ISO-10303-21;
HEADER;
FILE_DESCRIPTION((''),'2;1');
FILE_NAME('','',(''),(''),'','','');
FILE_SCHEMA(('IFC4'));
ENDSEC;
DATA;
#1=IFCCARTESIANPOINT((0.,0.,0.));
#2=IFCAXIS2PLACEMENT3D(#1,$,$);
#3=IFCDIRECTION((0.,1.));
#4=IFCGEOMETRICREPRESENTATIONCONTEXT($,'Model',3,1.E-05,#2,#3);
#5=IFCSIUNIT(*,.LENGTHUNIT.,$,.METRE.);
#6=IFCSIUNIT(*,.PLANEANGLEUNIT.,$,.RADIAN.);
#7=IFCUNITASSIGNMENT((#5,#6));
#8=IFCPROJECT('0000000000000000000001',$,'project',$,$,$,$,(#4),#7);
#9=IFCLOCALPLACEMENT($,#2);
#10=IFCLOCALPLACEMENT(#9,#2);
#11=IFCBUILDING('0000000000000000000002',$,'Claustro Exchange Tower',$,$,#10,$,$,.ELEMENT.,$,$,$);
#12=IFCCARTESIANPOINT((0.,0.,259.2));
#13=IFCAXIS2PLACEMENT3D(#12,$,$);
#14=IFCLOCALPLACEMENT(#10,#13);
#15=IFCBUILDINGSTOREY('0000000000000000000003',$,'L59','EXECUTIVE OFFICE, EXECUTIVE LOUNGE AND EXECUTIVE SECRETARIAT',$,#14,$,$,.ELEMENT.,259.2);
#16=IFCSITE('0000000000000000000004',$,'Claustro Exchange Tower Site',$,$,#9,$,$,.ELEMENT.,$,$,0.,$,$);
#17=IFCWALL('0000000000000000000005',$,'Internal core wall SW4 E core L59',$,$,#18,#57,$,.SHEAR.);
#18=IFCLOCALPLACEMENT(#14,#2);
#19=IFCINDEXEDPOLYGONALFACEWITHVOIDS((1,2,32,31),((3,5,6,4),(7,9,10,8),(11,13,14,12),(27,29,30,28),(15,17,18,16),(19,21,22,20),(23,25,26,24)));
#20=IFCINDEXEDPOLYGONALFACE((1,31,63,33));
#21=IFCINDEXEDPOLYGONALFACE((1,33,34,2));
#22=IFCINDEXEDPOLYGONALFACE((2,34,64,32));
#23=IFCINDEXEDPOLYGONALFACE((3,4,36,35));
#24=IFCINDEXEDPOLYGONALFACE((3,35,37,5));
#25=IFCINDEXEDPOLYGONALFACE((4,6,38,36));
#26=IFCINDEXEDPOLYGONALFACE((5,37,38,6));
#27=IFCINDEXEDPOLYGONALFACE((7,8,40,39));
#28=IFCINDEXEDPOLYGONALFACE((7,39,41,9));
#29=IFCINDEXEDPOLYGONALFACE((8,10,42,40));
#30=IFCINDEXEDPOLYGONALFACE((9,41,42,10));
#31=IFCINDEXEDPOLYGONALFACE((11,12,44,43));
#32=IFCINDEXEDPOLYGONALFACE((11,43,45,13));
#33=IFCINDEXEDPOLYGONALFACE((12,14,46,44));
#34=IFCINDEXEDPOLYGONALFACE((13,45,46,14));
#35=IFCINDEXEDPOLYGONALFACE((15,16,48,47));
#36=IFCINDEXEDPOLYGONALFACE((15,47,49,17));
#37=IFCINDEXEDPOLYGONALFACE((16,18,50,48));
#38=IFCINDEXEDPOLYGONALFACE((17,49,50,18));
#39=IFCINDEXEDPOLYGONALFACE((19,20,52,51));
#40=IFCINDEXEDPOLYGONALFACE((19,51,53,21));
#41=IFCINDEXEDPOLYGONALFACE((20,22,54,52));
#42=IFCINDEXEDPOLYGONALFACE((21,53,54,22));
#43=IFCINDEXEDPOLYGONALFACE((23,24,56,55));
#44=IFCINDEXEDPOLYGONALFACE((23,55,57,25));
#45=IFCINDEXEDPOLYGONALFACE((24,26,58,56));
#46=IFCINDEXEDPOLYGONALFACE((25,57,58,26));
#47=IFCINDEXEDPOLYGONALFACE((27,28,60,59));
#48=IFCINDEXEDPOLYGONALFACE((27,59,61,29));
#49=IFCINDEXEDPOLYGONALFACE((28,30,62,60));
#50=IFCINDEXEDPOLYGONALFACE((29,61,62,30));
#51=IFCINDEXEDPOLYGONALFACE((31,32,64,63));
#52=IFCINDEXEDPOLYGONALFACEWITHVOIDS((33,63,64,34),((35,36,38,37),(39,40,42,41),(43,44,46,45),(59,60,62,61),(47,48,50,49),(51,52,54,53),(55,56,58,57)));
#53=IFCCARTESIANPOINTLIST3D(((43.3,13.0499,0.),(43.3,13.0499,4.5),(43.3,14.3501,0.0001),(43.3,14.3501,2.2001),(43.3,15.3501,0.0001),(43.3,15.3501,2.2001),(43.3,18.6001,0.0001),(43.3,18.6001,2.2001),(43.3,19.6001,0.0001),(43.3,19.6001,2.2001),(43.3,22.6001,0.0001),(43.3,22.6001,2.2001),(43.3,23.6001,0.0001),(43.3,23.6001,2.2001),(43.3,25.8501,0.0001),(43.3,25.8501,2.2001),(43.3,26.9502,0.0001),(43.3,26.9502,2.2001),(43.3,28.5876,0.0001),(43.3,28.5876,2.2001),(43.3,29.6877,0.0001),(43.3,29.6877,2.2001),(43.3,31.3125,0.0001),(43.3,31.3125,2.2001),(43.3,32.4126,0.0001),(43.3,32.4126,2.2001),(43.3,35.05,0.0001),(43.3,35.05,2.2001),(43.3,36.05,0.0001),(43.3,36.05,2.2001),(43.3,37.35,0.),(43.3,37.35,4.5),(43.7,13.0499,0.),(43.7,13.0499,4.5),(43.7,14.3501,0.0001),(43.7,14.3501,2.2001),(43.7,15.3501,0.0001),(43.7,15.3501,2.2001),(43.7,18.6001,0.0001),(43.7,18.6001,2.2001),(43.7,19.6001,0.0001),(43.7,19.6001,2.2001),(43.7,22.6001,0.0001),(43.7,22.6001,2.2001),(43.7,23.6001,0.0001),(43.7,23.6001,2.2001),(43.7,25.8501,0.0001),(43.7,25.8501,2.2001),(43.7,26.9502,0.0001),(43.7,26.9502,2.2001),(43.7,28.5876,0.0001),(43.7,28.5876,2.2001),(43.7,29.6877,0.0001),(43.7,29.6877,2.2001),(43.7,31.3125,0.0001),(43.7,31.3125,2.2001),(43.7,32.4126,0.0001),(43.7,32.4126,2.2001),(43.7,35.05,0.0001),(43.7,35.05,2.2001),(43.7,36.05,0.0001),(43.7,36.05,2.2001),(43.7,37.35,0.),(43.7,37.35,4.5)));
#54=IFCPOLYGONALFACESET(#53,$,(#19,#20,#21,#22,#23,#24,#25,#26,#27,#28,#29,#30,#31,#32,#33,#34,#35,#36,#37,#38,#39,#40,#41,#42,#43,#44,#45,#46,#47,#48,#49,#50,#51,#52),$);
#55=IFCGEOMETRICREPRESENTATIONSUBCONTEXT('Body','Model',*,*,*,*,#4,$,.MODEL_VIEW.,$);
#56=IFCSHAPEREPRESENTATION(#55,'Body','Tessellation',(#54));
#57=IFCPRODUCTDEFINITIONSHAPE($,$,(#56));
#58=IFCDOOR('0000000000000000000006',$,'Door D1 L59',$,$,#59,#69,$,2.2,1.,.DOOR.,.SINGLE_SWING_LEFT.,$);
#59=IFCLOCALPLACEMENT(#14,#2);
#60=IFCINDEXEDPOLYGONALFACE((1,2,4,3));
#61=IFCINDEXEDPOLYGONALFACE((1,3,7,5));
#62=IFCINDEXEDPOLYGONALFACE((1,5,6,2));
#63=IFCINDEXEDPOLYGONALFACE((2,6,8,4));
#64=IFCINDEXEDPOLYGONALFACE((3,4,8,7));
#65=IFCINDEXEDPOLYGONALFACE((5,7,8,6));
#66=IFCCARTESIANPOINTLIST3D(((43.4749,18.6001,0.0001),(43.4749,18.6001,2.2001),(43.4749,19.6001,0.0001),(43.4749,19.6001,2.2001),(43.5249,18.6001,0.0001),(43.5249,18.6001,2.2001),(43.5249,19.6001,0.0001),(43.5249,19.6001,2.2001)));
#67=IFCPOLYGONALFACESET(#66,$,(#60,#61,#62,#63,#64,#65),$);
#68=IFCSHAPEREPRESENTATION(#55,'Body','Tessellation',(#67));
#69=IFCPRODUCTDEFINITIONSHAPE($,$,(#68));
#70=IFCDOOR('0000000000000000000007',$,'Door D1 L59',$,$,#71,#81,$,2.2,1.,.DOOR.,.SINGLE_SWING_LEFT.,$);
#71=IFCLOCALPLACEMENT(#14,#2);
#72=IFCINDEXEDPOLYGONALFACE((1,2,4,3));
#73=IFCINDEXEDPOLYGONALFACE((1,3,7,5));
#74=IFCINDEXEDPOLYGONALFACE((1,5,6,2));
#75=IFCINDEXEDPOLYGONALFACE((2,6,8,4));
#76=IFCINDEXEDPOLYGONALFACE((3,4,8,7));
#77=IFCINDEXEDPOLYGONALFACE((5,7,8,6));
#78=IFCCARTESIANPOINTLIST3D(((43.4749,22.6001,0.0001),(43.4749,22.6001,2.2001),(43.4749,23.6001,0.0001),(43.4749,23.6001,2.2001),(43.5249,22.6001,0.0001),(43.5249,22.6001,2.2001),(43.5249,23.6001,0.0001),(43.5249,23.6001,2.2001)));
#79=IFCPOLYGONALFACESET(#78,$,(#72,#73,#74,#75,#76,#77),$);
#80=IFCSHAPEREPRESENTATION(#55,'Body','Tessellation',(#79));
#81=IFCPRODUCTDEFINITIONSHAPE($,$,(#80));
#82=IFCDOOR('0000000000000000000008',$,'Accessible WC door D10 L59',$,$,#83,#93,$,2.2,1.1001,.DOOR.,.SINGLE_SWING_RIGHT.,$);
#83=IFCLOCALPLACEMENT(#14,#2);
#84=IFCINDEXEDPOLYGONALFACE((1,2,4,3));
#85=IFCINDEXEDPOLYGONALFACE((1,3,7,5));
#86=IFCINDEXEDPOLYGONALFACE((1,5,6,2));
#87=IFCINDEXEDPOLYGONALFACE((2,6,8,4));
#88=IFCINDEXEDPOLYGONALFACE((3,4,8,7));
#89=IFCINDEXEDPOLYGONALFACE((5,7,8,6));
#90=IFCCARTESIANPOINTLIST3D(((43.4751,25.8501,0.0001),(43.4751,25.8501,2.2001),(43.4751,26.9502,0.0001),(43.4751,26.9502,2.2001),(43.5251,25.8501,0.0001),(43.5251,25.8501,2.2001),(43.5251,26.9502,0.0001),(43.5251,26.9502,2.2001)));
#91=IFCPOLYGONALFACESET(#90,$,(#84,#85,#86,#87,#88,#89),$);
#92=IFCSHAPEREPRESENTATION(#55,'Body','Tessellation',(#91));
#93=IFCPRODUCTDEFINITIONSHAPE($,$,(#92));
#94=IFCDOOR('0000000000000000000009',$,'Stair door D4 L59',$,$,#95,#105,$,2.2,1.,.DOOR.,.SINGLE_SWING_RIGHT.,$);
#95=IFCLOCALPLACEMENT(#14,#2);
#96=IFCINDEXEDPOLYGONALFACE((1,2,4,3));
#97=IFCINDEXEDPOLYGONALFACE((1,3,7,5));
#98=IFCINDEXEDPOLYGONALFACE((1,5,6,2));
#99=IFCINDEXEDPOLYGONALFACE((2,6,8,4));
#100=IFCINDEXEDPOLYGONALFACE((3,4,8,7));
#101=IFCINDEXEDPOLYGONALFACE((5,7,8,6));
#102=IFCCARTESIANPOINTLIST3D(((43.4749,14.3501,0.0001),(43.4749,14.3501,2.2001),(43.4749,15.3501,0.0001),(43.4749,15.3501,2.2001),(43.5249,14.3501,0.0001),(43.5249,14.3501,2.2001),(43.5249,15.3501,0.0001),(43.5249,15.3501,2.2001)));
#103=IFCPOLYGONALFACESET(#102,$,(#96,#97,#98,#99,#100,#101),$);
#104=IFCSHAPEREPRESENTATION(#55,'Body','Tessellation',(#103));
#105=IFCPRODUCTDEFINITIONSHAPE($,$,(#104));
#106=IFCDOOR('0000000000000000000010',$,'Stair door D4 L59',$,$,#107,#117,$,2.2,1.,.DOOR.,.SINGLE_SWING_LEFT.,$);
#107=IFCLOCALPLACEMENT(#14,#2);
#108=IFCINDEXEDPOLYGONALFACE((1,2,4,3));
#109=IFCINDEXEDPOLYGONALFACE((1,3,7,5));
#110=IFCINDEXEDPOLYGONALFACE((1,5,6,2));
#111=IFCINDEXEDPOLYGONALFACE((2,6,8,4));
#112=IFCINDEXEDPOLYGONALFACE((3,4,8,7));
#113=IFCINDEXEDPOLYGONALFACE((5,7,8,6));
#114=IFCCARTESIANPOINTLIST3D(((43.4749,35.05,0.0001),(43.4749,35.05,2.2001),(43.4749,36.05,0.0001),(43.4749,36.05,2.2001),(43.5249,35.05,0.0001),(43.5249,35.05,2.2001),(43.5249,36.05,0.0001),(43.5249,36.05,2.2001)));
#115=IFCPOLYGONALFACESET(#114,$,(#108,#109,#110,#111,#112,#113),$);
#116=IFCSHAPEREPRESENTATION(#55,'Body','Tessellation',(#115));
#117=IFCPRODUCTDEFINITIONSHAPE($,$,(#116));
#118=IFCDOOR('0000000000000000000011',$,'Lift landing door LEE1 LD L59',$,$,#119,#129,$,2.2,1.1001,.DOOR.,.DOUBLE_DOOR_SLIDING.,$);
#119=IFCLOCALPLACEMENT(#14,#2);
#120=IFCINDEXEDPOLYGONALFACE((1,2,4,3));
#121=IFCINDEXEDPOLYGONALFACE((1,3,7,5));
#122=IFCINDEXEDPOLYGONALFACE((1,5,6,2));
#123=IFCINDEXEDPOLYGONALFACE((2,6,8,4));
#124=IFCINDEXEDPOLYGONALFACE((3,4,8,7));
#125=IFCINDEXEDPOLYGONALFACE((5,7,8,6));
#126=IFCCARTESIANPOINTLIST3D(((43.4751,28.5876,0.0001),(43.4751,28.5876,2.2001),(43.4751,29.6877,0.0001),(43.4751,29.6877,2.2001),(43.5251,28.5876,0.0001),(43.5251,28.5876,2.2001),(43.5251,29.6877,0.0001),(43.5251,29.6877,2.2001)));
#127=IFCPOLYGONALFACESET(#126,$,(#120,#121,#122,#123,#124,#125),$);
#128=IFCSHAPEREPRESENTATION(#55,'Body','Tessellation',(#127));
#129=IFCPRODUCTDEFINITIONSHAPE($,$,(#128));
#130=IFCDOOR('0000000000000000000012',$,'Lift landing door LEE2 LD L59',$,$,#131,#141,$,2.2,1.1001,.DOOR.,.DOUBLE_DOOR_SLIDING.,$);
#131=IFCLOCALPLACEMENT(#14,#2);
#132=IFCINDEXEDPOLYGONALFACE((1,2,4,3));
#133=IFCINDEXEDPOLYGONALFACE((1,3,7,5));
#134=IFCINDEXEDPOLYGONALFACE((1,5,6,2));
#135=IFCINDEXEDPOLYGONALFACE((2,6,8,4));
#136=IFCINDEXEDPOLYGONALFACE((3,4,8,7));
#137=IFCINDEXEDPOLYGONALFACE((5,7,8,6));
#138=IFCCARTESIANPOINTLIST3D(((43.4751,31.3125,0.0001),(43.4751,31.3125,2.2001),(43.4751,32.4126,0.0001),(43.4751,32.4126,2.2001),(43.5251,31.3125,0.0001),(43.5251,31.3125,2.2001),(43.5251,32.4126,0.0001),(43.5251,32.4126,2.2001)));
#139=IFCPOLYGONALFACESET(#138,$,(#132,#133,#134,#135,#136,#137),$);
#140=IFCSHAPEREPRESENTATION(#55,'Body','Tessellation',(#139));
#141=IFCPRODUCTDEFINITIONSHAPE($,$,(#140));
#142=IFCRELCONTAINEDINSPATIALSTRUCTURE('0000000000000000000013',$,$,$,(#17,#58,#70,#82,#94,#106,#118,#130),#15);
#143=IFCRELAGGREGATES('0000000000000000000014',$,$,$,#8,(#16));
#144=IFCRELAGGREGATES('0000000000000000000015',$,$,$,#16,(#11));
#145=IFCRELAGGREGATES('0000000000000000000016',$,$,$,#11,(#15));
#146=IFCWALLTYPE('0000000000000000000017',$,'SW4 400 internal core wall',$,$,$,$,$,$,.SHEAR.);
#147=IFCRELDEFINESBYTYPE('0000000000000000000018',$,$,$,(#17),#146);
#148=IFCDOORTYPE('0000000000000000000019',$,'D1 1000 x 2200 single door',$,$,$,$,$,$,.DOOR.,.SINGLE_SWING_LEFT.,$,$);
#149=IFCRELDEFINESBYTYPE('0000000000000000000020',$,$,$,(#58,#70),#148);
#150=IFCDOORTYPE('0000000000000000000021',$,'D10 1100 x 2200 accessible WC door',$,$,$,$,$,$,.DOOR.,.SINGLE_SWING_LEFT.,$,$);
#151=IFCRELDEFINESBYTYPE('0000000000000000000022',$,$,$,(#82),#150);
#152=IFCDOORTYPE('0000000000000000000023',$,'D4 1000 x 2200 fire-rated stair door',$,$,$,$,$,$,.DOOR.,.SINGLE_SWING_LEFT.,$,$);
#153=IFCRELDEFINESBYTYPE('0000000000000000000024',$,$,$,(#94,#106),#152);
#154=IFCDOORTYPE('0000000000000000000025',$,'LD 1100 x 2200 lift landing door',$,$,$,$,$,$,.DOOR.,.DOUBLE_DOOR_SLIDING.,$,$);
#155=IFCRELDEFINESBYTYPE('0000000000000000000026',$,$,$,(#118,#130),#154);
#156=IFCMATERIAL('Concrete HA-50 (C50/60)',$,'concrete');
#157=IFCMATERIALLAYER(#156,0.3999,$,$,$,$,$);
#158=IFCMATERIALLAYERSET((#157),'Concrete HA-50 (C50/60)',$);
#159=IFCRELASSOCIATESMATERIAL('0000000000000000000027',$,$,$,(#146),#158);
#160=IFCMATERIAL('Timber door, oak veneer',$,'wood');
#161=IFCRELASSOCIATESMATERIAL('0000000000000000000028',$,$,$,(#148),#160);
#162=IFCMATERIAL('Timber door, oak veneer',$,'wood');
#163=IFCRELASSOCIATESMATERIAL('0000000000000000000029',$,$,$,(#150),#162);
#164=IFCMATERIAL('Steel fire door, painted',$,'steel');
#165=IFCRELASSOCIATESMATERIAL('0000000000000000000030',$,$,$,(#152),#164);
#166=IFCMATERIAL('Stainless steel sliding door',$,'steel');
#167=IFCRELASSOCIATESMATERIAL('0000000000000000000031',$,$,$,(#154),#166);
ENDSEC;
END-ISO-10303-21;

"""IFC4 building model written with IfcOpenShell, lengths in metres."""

from ifc_helpers import new_model, si_unit, direction, frame, frame_2d, origin, place, context, subcontext, project, spatial, rectangle, extrude, material, layer, layer_set, type_object, element, fill, save


model = new_model("IFC4")

# Units and contexts
model_context = context("Model", 3, precision=1e-05, world=origin(), true_north=direction((0.0, 1.0)))
body_context = subcontext(model_context, "Body", "Model", "MODEL_VIEW")
ifc_project = project(units=[si_unit("LENGTHUNIT", "METRE"), si_unit("PLANEANGLEUNIT", "RADIAN")], contexts=[model_context])

# Site, building, storey
site_placement = place(None, origin())
site = spatial("IfcSite", under=ifc_project, at=site_placement, Name="Claustro Exchange Tower Site", CompositionType="ELEMENT", RefElevation=0.0)
building_placement = place(site_placement, origin())
building = spatial("IfcBuilding", under=site, at=building_placement, Name="Claustro Exchange Tower", CompositionType="ELEMENT")
storey_placement = place(building_placement, frame((0.0, 0.0, 259.2)))
storey = spatial("IfcBuildingStorey", under=building, at=storey_placement, Name="L59", Description="EXECUTIVE OFFICE, EXECUTIVE LOUNGE AND EXECUTIVE SECRETARIAT", CompositionType="ELEMENT", Elevation=259.2)

# Wall, openings, doors
ifc_material_1 = material(Name="Concrete HA-50 (C50/60)", Category="concrete")
ifc_layer_1 = layer(ifc_material_1, 0.3999)
ifc_layer_set_1 = layer_set([ifc_layer_1], Name="Concrete HA-50 (C50/60)")
wall_type_1 = type_object("IfcWallType", Name="SW4 400 internal core wall", PredefinedType="SHEAR", material=ifc_layer_set_1)
wall_1_placement = place(storey_placement, frame((43.5, 13.05, 0.0), z_axis=(0.0, 0.0, 1.0), x_axis=(0.0, 1.0, 0.0)))
wall_1 = element("IfcWall", 1, at=wall_1_placement, inside=storey, type_object=wall_type_1, Name="Internal core wall SW4 E core L59", PredefinedType="SHEAR", context=body_context, shape_type="SweptSolid", body=[
    extrude(rectangle(XDim=24.3, YDim=0.3999, at=frame_2d((12.1499, 0.0))), origin(), (0.0, 0.0, 1.0), 4.5),
])
opening_1_placement = place(wall_1_placement, frame((1.3, 0.0, 0.0)))
opening_1 = element("IfcOpeningElement", 2, at=opening_1_placement, cuts=wall_1, PredefinedType="OPENING", context=body_context, shape_type="SweptSolid", body=[
    extrude(rectangle(XDim=1.0, YDim=2.2, at=frame_2d((0.5, 1.1001))), frame((0.0, 0.21, 0.0), z_axis=(0.0, -1.0, 0.0), x_axis=(1.0, 0.0, 0.0)), (0.0, 0.0, 1.0), 0.4199),
])
opening_2_placement = place(wall_1_placement, frame((22.0, 0.0, 0.0)))
opening_2 = element("IfcOpeningElement", 3, at=opening_2_placement, cuts=wall_1, PredefinedType="OPENING", context=body_context, shape_type="SweptSolid", body=[
    extrude(rectangle(XDim=1.0, YDim=2.2, at=frame_2d((0.5, 1.1001))), frame((0.0, 0.21, 0.0), z_axis=(0.0, -1.0, 0.0), x_axis=(1.0, 0.0, 0.0)), (0.0, 0.0, 1.0), 0.4199),
])
opening_3_placement = place(wall_1_placement, frame((5.55, 0.0, 0.0)))
opening_3 = element("IfcOpeningElement", 4, at=opening_3_placement, cuts=wall_1, PredefinedType="OPENING", context=body_context, shape_type="SweptSolid", body=[
    extrude(rectangle(XDim=1.0, YDim=2.2, at=frame_2d((0.5, 1.1001))), frame((0.0, 0.21, 0.0), z_axis=(0.0, -1.0, 0.0), x_axis=(1.0, 0.0, 0.0)), (0.0, 0.0, 1.0), 0.4199),
])
opening_4_placement = place(wall_1_placement, frame((9.55, 0.0, 0.0)))
opening_4 = element("IfcOpeningElement", 5, at=opening_4_placement, cuts=wall_1, PredefinedType="OPENING", context=body_context, shape_type="SweptSolid", body=[
    extrude(rectangle(XDim=1.0, YDim=2.2, at=frame_2d((0.5, 1.1001))), frame((0.0, 0.21, 0.0), z_axis=(0.0, -1.0, 0.0), x_axis=(1.0, 0.0, 0.0)), (0.0, 0.0, 1.0), 0.4199),
])
opening_5_placement = place(wall_1_placement, frame((12.8, 0.0, 0.0)))
opening_5 = element("IfcOpeningElement", 6, at=opening_5_placement, cuts=wall_1, PredefinedType="OPENING", context=body_context, shape_type="SweptSolid", body=[
    extrude(rectangle(XDim=1.1001, YDim=2.2, at=frame_2d((0.55, 1.1001))), frame((0.0, 0.21, 0.0), z_axis=(0.0, -1.0, 0.0), x_axis=(1.0, 0.0, 0.0)), (0.0, 0.0, 1.0), 0.4199),
])
opening_6_placement = place(wall_1_placement, frame((15.5376, 0.0, 0.0)))
opening_6 = element("IfcOpeningElement", 7, at=opening_6_placement, cuts=wall_1, PredefinedType="OPENING", context=body_context, shape_type="SweptSolid", body=[
    extrude(rectangle(XDim=1.1001, YDim=2.2, at=frame_2d((0.55, 1.1001))), frame((0.0, 0.21, 0.0), z_axis=(0.0, -1.0, 0.0), x_axis=(1.0, 0.0, 0.0)), (0.0, 0.0, 1.0), 0.4199),
])
opening_7_placement = place(wall_1_placement, frame((18.2625, 0.0, 0.0)))
opening_7 = element("IfcOpeningElement", 8, at=opening_7_placement, cuts=wall_1, PredefinedType="OPENING", context=body_context, shape_type="SweptSolid", body=[
    extrude(rectangle(XDim=1.1001, YDim=2.2, at=frame_2d((0.55, 1.1001))), frame((0.0, 0.21, 0.0), z_axis=(0.0, -1.0, 0.0), x_axis=(1.0, 0.0, 0.0)), (0.0, 0.0, 1.0), 0.4199),
])
ifc_material_2 = material(Name="Timber door, oak veneer", Category="wood")
door_type_1 = type_object("IfcDoorType", Name="D1 1000 x 2200 single door", OperationType="SINGLE_SWING_LEFT", PredefinedType="DOOR", material=ifc_material_2)
door_1_placement = place(opening_3_placement, frame((1.0, 0.0, 0.0), z_axis=(0.0, 0.0, 1.0), x_axis=(-1.0, 0.0, 0.0)))
door_1 = element("IfcDoor", 9, at=door_1_placement, inside=storey, type_object=door_type_1, Name="Door D1 L59", OperationType="SINGLE_SWING_LEFT", OverallHeight=2.2, OverallWidth=1.0, PredefinedType="DOOR", context=body_context, shape_type="SweptSolid", body=[
    extrude(rectangle(XDim=1.0, YDim=2.2, at=frame_2d((0.5, 1.1001))), frame((0.0, 0.0249, 0.0), z_axis=(0.0, -1.0, 0.0), x_axis=(1.0, 0.0, 0.0)), (0.0, 0.0, 1.0), 0.05),
])
fill(opening_3, door_1)
door_2_placement = place(opening_4_placement, frame((1.0, 0.0, 0.0), z_axis=(0.0, 0.0, 1.0), x_axis=(-1.0, 0.0, 0.0)))
door_2 = element("IfcDoor", 10, at=door_2_placement, inside=storey, type_object=door_type_1, Name="Door D1 L59", OperationType="SINGLE_SWING_LEFT", OverallHeight=2.2, OverallWidth=1.0, PredefinedType="DOOR", context=body_context, shape_type="SweptSolid", body=[
    extrude(rectangle(XDim=1.0, YDim=2.2, at=frame_2d((0.5, 1.1001))), frame((0.0, 0.0249, 0.0), z_axis=(0.0, -1.0, 0.0), x_axis=(1.0, 0.0, 0.0)), (0.0, 0.0, 1.0), 0.05),
])
fill(opening_4, door_2)
ifc_material_3 = material(Name="Timber door, oak veneer", Category="wood")
door_type_2 = type_object("IfcDoorType", Name="D10 1100 x 2200 accessible WC door", OperationType="SINGLE_SWING_LEFT", PredefinedType="DOOR", material=ifc_material_3)
door_3_placement = place(opening_5_placement, origin())
door_3 = element("IfcDoor", 11, at=door_3_placement, inside=storey, type_object=door_type_2, Name="Accessible WC door D10 L59", OperationType="SINGLE_SWING_RIGHT", OverallHeight=2.2, OverallWidth=1.1001, PredefinedType="DOOR", context=body_context, shape_type="SweptSolid", body=[
    extrude(rectangle(XDim=1.1001, YDim=2.2, at=frame_2d((0.55, 1.1001))), frame((0.0, 0.0249, 0.0), z_axis=(0.0, -1.0, 0.0), x_axis=(1.0, 0.0, 0.0)), (0.0, 0.0, 1.0), 0.05),
])
fill(opening_5, door_3)
ifc_material_4 = material(Name="Steel fire door, painted", Category="steel")
door_type_3 = type_object("IfcDoorType", Name="D4 1000 x 2200 fire-rated stair door", OperationType="SINGLE_SWING_LEFT", PredefinedType="DOOR", material=ifc_material_4)
door_4_placement = place(opening_1_placement, frame((1.0, 0.0, 0.0), z_axis=(0.0, 0.0, 1.0), x_axis=(-1.0, 0.0, 0.0)))
door_4 = element("IfcDoor", 12, at=door_4_placement, inside=storey, type_object=door_type_3, Name="Stair door D4 L59", OperationType="SINGLE_SWING_RIGHT", OverallHeight=2.2, OverallWidth=1.0, PredefinedType="DOOR", context=body_context, shape_type="SweptSolid", body=[
    extrude(rectangle(XDim=1.0, YDim=2.2, at=frame_2d((0.5, 1.1001))), frame((0.0, 0.0249, 0.0), z_axis=(0.0, -1.0, 0.0), x_axis=(1.0, 0.0, 0.0)), (0.0, 0.0, 1.0), 0.05),
])
fill(opening_1, door_4)
door_5_placement = place(opening_2_placement, frame((1.0, 0.0, 0.0), z_axis=(0.0, 0.0, 1.0), x_axis=(-1.0, 0.0, 0.0)))
door_5 = element("IfcDoor", 13, at=door_5_placement, inside=storey, type_object=door_type_3, Name="Stair door D4 L59", OperationType="SINGLE_SWING_LEFT", OverallHeight=2.2, OverallWidth=1.0, PredefinedType="DOOR", context=body_context, shape_type="SweptSolid", body=[
    extrude(rectangle(XDim=1.0, YDim=2.2, at=frame_2d((0.5, 1.1001))), frame((0.0, 0.0249, 0.0), z_axis=(0.0, -1.0, 0.0), x_axis=(1.0, 0.0, 0.0)), (0.0, 0.0, 1.0), 0.05),
])
fill(opening_2, door_5)
ifc_material_5 = material(Name="Stainless steel sliding door", Category="steel")
door_type_4 = type_object("IfcDoorType", Name="LD 1100 x 2200 lift landing door", OperationType="DOUBLE_DOOR_SLIDING", PredefinedType="DOOR", material=ifc_material_5)
door_6_placement = place(opening_6_placement, origin())
door_6 = element("IfcDoor", 14, at=door_6_placement, inside=storey, type_object=door_type_4, Name="Lift landing door LEE1 LD L59", OperationType="DOUBLE_DOOR_SLIDING", OverallHeight=2.2, OverallWidth=1.1001, PredefinedType="DOOR", context=body_context, shape_type="SweptSolid", body=[
    extrude(rectangle(XDim=1.1001, YDim=2.2, at=frame_2d((0.55, 1.1001))), frame((0.0, 0.0249, 0.0), z_axis=(0.0, -1.0, 0.0), x_axis=(1.0, 0.0, 0.0)), (0.0, 0.0, 1.0), 0.05),
])
fill(opening_6, door_6)
door_7_placement = place(opening_7_placement, origin())
door_7 = element("IfcDoor", 15, at=door_7_placement, inside=storey, type_object=door_type_4, Name="Lift landing door LEE2 LD L59", OperationType="DOUBLE_DOOR_SLIDING", OverallHeight=2.2, OverallWidth=1.1001, PredefinedType="DOOR", context=body_context, shape_type="SweptSolid", body=[
    extrude(rectangle(XDim=1.1001, YDim=2.2, at=frame_2d((0.55, 1.1001))), frame((0.0, 0.0249, 0.0), z_axis=(0.0, -1.0, 0.0), x_axis=(1.0, 0.0, 0.0)), (0.0, 0.0, 1.0), 0.05),
])
fill(opening_7, door_7)

save(model, "model.ifc")
